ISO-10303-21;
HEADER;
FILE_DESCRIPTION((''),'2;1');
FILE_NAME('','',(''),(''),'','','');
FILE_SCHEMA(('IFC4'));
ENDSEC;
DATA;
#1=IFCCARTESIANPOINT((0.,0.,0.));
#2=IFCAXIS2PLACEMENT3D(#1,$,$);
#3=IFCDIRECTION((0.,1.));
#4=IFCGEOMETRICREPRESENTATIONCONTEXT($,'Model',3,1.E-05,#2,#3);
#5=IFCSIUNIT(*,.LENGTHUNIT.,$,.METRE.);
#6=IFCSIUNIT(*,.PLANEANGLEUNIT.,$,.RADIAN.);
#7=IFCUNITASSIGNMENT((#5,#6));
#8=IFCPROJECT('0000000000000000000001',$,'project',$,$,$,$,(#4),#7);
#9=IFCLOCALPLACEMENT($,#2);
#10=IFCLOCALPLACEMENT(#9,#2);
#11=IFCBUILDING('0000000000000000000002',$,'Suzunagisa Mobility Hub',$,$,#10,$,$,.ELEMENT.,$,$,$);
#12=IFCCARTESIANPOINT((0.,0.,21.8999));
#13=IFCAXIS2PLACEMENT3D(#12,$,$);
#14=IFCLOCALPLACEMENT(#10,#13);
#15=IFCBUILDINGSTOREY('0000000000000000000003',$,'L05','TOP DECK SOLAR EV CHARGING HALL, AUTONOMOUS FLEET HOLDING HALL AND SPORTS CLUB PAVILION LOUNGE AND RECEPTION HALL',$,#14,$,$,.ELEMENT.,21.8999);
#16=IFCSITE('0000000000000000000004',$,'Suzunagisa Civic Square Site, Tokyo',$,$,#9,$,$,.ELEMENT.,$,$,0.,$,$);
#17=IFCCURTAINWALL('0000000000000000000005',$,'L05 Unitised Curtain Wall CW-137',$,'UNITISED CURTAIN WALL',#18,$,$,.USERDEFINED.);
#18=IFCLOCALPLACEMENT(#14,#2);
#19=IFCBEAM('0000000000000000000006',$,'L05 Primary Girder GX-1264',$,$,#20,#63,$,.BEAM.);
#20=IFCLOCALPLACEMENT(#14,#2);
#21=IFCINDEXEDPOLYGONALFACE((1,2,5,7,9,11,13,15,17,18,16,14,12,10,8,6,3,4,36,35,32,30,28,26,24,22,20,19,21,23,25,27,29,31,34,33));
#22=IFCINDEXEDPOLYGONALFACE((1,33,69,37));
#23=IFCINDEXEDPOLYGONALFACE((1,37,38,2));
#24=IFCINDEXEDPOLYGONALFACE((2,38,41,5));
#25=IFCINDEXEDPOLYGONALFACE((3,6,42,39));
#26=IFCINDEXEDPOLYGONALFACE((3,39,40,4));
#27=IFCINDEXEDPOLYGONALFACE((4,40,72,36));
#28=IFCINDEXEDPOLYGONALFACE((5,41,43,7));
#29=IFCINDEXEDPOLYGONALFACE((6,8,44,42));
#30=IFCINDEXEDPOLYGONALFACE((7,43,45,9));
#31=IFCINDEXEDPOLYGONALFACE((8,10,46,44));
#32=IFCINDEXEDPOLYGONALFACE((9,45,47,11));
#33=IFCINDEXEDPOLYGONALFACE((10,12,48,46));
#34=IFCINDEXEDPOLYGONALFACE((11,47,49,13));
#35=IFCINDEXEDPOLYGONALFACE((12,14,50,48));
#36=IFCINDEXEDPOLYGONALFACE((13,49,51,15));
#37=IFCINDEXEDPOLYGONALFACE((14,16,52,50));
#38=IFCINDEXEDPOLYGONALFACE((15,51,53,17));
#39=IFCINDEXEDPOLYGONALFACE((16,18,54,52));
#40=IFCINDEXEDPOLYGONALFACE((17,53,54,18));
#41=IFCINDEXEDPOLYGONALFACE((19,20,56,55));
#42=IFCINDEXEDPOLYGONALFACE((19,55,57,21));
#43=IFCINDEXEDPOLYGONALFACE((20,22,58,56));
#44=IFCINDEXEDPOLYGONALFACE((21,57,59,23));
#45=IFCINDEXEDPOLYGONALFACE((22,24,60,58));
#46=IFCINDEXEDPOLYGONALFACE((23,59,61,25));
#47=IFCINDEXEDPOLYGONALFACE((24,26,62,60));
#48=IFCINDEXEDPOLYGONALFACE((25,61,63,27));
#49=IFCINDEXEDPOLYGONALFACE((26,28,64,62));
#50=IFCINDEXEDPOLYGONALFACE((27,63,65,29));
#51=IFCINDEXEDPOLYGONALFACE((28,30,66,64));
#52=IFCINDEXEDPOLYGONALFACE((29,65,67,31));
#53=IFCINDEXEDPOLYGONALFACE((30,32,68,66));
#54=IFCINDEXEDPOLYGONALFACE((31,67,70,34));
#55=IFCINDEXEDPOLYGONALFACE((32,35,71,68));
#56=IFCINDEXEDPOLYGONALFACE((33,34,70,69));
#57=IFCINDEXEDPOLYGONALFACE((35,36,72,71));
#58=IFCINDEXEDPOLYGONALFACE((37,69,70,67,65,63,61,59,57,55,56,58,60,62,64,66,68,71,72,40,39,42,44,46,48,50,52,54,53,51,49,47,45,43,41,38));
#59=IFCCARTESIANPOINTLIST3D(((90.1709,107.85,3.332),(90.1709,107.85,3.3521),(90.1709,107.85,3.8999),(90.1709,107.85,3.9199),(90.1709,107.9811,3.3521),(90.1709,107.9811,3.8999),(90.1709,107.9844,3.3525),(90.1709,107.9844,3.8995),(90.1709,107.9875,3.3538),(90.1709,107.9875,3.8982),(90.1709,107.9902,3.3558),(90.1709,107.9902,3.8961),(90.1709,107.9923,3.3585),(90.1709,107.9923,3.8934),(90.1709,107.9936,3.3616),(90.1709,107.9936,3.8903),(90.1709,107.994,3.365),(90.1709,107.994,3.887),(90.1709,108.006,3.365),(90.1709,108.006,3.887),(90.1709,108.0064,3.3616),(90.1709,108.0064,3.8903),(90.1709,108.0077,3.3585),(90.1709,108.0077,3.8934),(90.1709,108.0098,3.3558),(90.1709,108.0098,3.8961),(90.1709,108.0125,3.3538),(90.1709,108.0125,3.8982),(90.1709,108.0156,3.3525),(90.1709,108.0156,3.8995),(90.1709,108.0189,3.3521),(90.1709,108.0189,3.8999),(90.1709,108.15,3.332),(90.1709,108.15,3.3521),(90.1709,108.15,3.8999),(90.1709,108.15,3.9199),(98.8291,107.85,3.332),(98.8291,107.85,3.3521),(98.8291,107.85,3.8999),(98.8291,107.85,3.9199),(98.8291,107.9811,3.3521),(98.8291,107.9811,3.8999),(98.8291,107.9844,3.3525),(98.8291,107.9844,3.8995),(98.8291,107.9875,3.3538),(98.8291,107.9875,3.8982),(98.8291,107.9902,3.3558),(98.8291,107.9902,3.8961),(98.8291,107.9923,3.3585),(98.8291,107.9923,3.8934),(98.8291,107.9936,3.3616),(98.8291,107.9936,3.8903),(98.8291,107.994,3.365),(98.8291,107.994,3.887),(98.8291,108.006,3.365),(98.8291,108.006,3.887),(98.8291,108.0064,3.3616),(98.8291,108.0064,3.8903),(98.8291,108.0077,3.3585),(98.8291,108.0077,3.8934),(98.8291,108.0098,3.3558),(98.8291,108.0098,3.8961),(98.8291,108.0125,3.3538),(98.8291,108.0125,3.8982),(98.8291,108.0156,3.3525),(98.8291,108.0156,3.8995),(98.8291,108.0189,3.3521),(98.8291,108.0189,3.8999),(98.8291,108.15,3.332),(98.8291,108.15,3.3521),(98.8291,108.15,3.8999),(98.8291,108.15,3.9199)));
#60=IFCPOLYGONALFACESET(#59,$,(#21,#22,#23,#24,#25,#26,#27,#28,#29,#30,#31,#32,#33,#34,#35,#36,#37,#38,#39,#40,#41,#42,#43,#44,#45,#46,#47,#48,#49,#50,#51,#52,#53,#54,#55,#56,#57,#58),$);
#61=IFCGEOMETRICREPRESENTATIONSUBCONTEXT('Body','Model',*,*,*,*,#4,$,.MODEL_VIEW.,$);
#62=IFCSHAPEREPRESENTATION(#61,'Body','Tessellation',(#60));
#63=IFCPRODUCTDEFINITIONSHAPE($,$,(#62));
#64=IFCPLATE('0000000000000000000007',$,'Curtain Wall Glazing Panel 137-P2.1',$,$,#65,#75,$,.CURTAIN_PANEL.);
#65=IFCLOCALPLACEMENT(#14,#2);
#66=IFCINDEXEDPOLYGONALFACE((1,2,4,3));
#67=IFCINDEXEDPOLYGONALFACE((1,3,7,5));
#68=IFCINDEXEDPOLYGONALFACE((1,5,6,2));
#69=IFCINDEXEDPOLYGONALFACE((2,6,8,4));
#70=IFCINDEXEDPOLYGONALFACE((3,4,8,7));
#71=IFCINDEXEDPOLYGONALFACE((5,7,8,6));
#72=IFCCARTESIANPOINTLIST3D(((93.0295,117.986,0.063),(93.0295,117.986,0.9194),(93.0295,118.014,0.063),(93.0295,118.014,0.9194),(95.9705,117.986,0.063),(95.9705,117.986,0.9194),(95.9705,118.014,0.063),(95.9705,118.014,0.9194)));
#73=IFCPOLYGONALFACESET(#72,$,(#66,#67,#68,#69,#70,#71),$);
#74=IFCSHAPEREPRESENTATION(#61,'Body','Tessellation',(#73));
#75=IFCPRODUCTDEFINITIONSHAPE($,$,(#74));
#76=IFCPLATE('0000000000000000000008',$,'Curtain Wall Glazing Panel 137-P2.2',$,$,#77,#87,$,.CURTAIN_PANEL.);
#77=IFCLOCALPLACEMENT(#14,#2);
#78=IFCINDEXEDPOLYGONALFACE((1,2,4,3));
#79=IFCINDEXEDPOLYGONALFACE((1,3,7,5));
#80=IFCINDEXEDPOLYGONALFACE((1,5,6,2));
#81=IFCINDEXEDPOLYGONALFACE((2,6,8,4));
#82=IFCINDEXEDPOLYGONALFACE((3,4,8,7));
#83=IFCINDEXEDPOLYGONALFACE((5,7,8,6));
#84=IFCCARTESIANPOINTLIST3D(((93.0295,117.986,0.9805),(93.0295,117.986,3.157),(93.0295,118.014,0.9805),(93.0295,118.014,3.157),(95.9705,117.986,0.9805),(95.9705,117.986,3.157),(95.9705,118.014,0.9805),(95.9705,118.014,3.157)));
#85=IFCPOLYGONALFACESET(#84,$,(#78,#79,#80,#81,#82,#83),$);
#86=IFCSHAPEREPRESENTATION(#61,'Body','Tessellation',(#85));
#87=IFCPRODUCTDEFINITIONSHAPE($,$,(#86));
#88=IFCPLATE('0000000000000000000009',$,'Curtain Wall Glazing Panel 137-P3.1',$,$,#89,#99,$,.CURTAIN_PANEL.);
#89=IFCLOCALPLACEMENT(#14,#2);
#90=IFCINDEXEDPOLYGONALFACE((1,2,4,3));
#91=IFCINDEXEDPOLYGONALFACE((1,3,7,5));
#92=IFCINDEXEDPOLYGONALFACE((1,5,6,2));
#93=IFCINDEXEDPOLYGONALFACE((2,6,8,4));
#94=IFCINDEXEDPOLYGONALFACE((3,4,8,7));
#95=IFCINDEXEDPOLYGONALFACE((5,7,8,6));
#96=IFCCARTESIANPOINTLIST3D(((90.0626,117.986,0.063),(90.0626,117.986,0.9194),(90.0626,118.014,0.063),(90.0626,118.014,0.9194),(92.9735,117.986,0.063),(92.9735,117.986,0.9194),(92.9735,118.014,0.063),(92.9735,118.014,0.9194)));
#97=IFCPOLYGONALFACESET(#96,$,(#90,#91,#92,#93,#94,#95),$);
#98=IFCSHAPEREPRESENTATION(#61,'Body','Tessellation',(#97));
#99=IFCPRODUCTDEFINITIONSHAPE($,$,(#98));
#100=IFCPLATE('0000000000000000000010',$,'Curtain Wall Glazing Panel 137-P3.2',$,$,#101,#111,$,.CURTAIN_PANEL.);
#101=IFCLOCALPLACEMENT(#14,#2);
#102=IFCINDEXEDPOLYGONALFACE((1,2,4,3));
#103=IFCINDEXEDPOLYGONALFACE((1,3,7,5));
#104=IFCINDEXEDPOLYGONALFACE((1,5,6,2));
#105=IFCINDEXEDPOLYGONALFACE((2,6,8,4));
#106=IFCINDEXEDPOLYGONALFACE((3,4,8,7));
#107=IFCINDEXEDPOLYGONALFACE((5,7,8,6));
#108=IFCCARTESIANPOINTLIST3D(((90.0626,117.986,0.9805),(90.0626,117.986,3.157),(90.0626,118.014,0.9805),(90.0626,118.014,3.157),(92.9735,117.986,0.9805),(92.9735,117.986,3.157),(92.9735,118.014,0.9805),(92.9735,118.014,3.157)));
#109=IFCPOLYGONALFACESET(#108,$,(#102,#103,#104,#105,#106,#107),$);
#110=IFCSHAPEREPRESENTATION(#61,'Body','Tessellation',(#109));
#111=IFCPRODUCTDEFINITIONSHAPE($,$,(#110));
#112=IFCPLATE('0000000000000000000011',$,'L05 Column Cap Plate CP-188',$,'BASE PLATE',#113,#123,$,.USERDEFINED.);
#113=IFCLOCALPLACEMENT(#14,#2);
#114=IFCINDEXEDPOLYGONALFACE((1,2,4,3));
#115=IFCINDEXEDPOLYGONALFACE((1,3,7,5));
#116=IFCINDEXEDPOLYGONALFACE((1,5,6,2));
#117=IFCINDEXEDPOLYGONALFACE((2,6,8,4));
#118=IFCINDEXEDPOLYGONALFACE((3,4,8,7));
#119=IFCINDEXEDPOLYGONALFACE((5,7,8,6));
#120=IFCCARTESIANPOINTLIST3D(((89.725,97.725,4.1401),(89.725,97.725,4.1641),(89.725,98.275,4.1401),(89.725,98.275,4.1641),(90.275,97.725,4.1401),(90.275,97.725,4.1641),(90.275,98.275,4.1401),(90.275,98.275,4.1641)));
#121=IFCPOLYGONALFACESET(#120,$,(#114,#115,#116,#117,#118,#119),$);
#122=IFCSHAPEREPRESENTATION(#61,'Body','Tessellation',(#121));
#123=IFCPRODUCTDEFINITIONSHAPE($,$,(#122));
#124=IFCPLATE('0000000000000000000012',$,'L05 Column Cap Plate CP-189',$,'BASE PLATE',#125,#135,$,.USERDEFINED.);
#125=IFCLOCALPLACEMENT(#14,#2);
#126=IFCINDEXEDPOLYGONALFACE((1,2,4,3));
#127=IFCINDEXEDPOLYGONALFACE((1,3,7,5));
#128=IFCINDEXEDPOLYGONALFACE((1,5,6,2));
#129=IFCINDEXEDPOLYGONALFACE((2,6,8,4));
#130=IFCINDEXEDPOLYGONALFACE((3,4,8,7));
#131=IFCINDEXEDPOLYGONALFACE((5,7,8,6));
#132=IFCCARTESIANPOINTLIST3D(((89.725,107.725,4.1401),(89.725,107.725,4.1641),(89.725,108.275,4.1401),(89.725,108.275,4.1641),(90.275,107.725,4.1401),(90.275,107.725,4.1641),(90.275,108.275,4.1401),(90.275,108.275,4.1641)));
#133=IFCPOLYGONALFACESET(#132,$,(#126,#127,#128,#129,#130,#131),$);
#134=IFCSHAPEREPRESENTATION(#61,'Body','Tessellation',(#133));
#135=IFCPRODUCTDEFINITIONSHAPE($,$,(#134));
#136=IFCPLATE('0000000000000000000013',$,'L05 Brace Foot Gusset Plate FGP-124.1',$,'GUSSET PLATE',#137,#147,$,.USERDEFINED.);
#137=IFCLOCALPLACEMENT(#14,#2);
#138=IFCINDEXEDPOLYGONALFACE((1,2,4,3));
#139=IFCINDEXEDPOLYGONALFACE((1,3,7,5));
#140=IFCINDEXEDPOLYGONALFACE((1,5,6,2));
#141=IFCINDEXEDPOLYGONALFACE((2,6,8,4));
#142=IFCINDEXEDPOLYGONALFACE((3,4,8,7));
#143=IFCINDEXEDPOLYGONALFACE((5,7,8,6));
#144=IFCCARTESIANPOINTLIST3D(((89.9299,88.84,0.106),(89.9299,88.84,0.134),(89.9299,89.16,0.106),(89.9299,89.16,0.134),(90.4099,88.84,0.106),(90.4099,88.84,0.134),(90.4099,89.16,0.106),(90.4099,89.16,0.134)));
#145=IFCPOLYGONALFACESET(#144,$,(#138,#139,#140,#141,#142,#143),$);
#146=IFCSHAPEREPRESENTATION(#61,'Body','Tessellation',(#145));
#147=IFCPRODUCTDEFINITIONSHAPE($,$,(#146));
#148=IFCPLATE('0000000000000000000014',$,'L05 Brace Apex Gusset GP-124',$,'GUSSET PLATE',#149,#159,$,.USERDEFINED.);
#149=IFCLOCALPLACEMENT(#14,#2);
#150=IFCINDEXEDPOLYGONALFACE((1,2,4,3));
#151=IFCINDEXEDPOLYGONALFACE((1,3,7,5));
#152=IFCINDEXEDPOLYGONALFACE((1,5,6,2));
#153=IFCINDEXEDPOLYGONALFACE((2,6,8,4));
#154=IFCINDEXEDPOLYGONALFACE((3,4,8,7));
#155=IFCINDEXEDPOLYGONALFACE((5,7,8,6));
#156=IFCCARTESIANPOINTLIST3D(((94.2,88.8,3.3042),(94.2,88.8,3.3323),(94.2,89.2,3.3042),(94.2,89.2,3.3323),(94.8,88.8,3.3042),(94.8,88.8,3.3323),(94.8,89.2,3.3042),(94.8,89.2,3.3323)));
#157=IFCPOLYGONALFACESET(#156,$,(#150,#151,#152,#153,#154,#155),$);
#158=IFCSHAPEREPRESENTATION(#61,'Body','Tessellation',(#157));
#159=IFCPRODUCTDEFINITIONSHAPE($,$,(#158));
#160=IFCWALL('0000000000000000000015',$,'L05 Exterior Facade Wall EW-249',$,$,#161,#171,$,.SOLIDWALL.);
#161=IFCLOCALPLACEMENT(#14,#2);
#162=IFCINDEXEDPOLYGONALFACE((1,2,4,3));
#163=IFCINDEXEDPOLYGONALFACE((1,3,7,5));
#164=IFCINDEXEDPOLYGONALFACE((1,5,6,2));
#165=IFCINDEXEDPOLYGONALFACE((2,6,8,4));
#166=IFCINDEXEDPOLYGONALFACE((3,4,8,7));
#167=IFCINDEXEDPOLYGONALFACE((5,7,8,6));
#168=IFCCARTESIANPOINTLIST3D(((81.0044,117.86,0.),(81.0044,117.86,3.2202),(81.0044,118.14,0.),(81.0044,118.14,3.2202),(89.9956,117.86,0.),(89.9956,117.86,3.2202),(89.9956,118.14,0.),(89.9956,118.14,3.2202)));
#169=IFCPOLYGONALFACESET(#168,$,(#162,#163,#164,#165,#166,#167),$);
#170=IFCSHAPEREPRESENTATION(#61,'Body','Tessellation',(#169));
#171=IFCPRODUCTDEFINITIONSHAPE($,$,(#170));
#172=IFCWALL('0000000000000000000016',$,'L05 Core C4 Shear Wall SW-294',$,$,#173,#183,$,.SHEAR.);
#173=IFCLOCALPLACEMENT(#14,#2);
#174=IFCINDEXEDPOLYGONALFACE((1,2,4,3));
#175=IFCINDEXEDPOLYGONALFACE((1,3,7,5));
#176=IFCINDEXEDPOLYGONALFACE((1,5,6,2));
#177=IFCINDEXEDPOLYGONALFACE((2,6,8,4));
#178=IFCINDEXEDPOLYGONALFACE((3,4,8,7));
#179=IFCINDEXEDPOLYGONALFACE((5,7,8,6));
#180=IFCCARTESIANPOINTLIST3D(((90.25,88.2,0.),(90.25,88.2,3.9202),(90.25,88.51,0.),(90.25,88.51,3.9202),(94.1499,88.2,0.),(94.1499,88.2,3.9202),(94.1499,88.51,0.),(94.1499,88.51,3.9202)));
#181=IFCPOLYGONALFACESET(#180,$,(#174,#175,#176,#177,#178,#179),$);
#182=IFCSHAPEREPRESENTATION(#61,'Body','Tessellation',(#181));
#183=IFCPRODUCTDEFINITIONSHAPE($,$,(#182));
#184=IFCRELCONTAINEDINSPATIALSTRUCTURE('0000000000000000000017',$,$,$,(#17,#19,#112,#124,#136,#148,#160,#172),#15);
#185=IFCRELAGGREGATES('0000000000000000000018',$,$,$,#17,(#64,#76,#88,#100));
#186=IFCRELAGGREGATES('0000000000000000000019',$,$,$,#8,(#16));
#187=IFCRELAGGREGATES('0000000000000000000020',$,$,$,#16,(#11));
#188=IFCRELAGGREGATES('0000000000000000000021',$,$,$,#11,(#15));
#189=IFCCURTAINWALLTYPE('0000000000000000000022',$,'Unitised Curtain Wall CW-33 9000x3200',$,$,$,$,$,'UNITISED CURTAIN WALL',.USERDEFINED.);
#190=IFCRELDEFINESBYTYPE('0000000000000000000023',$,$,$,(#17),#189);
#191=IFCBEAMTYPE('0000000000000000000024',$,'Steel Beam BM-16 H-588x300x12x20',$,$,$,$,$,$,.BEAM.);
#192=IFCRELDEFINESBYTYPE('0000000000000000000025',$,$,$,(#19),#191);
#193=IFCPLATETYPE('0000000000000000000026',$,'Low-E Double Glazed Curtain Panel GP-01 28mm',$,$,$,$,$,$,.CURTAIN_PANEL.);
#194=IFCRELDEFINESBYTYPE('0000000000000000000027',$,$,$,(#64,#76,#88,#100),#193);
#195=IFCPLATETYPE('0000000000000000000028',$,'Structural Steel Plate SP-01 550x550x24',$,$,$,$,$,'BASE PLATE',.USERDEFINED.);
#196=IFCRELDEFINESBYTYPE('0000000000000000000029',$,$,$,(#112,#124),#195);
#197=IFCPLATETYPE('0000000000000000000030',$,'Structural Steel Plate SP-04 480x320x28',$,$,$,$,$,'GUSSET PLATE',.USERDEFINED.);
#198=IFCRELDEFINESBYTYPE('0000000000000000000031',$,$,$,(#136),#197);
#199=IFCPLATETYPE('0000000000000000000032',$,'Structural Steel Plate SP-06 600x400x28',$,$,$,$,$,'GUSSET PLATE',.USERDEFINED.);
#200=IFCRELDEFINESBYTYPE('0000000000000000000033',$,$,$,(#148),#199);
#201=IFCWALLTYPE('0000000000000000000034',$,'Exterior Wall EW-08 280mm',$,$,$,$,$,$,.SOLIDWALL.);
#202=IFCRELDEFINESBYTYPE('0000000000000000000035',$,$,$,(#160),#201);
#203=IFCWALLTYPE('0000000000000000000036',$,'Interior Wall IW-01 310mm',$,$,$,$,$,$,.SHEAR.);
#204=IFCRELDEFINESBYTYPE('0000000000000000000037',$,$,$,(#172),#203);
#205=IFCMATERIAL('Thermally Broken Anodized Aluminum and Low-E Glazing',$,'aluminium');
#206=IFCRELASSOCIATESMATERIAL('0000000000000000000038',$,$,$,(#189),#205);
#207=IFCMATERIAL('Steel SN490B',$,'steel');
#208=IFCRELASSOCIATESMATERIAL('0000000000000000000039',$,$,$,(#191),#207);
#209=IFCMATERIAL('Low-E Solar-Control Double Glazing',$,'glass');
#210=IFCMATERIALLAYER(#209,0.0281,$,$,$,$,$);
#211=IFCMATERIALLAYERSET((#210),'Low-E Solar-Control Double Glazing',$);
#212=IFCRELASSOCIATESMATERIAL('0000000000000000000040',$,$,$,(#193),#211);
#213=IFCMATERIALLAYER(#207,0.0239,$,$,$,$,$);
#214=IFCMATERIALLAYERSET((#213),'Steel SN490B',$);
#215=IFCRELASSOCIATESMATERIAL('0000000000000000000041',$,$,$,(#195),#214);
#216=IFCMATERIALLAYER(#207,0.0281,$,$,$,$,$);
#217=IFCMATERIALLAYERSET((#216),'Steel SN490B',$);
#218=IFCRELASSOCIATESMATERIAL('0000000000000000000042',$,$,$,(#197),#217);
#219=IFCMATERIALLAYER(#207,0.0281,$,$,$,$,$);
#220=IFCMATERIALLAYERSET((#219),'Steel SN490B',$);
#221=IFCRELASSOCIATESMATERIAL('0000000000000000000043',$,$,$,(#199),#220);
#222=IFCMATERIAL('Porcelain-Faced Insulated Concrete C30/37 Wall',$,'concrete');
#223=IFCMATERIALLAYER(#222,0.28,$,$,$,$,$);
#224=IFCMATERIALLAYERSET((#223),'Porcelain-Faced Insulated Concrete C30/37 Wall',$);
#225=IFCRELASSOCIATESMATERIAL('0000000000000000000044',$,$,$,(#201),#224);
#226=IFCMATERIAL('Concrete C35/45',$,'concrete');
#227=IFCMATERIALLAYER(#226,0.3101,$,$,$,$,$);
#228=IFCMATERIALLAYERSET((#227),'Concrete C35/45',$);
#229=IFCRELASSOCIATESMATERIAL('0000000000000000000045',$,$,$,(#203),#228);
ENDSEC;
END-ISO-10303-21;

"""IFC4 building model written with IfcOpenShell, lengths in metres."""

from ifc_helpers import new_model, si_unit, direction, frame, frame_2d, origin, origin_2d, place, context, subcontext, project, spatial, rectangle, i_section, extrude, material, layer, layer_set, material_profile, profile_set, type_object, element, aggregate, save


model = new_model("IFC4")

# Units and contexts
model_context = context("Model", 3, precision=1e-05, world=origin(), true_north=direction((0.0, 1.0)))
body_context = subcontext(model_context, "Body", "Model", "MODEL_VIEW")
ifc_project = project(units=[si_unit("LENGTHUNIT", "METRE"), si_unit("PLANEANGLEUNIT", "RADIAN")], contexts=[model_context])

# Site, building, storey
site_placement = place(None, origin())
site = spatial("IfcSite", under=ifc_project, at=site_placement, Name="Suzunagisa Civic Square Site, Tokyo", CompositionType="ELEMENT", RefElevation=0.0)
building_placement = place(site_placement, origin())
building = spatial("IfcBuilding", under=site, at=building_placement, Name="Suzunagisa Mobility Hub", CompositionType="ELEMENT")
storey_placement = place(building_placement, frame((0.0, 0.0, 21.8999)))
storey = spatial("IfcBuildingStorey", under=building, at=storey_placement, Name="L05", Description="TOP DECK SOLAR EV CHARGING HALL, AUTONOMOUS FLEET HOLDING HALL AND SPORTS CLUB PAVILION LOUNGE AND RECEPTION HALL", CompositionType="ELEMENT", Elevation=21.8999)

# Shared definitions
ifc_material_1 = material(Name="Steel SN490B", Category="steel")

# Curtain wall
ifc_material_2 = material(Name="Thermally Broken Anodized Aluminum and Low-E Glazing", Category="aluminium")
curtain_wall_type = type_object("IfcCurtainWallType", Name="Unitised Curtain Wall CW-33 9000x3200", ElementType="UNITISED CURTAIN WALL", PredefinedType="USERDEFINED", material=ifc_material_2)
curtain_wall_placement = place(storey_placement, origin())
curtain_wall = element("IfcCurtainWall", 1, at=curtain_wall_placement, inside=storey, type_object=curtain_wall_type, Name="L05 Unitised Curtain Wall CW-137", ObjectType="UNITISED CURTAIN WALL", PredefinedType="USERDEFINED")

# Beam
ifc_material_profile_1 = material_profile(ifc_material_1, i_section(OverallWidth=0.3, OverallDepth=0.5879, WebThickness=0.012, FlangeThickness=0.02, FilletRadius=0.0129, at=origin_2d()), Name="H-588x300x12x20")
ifc_profile_set_1 = profile_set([ifc_material_profile_1], Name="Steel SN490B")
beam_type_1 = type_object("IfcBeamType", Name="Steel Beam BM-16 H-588x300x12x20", PredefinedType="BEAM", material=ifc_profile_set_1)
for number, where, z_axis, x_axis, name in (
    (2, (90.1709, 108.0, 3.626), (1.0, 0.0, 0.0), (0.0, 1.0, 0.0), "L05 Primary Girder GX-1264"),
):
    element("IfcBeam", number, at=place(storey_placement, frame(where, z_axis=z_axis, x_axis=x_axis)), inside=storey, type_object=beam_type_1, Name=name, PredefinedType="BEAM", context=body_context, shape_type="SweptSolid", body=[
        extrude(i_section(OverallWidth=0.3, OverallDepth=0.5879, WebThickness=0.012, FlangeThickness=0.02, FilletRadius=0.0129, at=origin_2d()), origin(), (0.0, 0.0, 1.0), 8.6582),
    ])

# Plates
ifc_material_3 = material(Name="Low-E Solar-Control Double Glazing", Category="glass")
ifc_layer_1 = layer(ifc_material_3, 0.0281)
ifc_layer_set_1 = layer_set([ifc_layer_1], Name="Low-E Solar-Control Double Glazing")
plate_type_1 = type_object("IfcPlateType", Name="Low-E Double Glazed Curtain Panel GP-01 28mm", PredefinedType="CURTAIN_PANEL", material=ifc_layer_set_1)
plate_1_placement = place(storey_placement, frame((94.5, 118.0, 0.063), z_axis=(0.0, 0.0, 1.0), x_axis=(-1.0, 0.0, 0.0)))
plate_1 = element("IfcPlate", 3, at=plate_1_placement, type_object=plate_type_1, Name="Curtain Wall Glazing Panel 137-P2.1", PredefinedType="CURTAIN_PANEL", context=body_context, shape_type="SweptSolid", body=[
    extrude(rectangle(XDim=2.9409, YDim=0.0281, at=origin_2d()), origin(), (0.0, 0.0, 1.0), 0.8564),
])
plate_2_placement = place(storey_placement, frame((94.5, 118.0, 0.9805), z_axis=(0.0, 0.0, 1.0), x_axis=(-1.0, 0.0, 0.0)))
plate_2 = element("IfcPlate", 4, at=plate_2_placement, type_object=plate_type_1, Name="Curtain Wall Glazing Panel 137-P2.2", PredefinedType="CURTAIN_PANEL", context=body_context, shape_type="SweptSolid", body=[
    extrude(rectangle(XDim=2.9409, YDim=0.0281, at=origin_2d()), origin(), (0.0, 0.0, 1.0), 2.1765),
])
plate_3_placement = place(storey_placement, frame((91.5181, 118.0, 0.063), z_axis=(0.0, 0.0, 1.0), x_axis=(-1.0, 0.0, 0.0)))
plate_3 = element("IfcPlate", 5, at=plate_3_placement, type_object=plate_type_1, Name="Curtain Wall Glazing Panel 137-P3.1", PredefinedType="CURTAIN_PANEL", context=body_context, shape_type="SweptSolid", body=[
    extrude(rectangle(XDim=2.9109, YDim=0.0281, at=origin_2d()), origin(), (0.0, 0.0, 1.0), 0.8564),
])
plate_4_placement = place(storey_placement, frame((91.5181, 118.0, 0.9805), z_axis=(0.0, 0.0, 1.0), x_axis=(-1.0, 0.0, 0.0)))
plate_4 = element("IfcPlate", 6, at=plate_4_placement, type_object=plate_type_1, Name="Curtain Wall Glazing Panel 137-P3.2", PredefinedType="CURTAIN_PANEL", context=body_context, shape_type="SweptSolid", body=[
    extrude(rectangle(XDim=2.9109, YDim=0.0281, at=origin_2d()), origin(), (0.0, 0.0, 1.0), 2.1765),
])
aggregate(curtain_wall, [plate_1, plate_2, plate_3, plate_4])

# Plates
ifc_layer_2 = layer(ifc_material_1, 0.0239)
ifc_layer_set_2 = layer_set([ifc_layer_2], Name="Steel SN490B")
plate_type_2 = type_object("IfcPlateType", Name="Structural Steel Plate SP-01 550x550x24", ElementType="BASE PLATE", PredefinedType="USERDEFINED", material=ifc_layer_set_2)
for number, where, z_axis, x_axis, name in (
    (7, (90.0, 98.0, 4.1401), (0.0, 0.0, 1.0), (1.0, 0.0, 0.0), "L05 Column Cap Plate CP-188"),
    (8, (90.0, 108.0, 4.1401), (0.0, 0.0, 1.0), (1.0, 0.0, 0.0), "L05 Column Cap Plate CP-189"),
):
    element("IfcPlate", number, at=place(storey_placement, frame(where, z_axis=z_axis, x_axis=x_axis)), inside=storey, type_object=plate_type_2, Name=name, ObjectType="BASE PLATE", PredefinedType="USERDEFINED", context=body_context, shape_type="SweptSolid", body=[
        extrude(rectangle(XDim=0.55, YDim=0.55, at=origin_2d()), origin(), (0.0, 0.0, 1.0), 0.0239),
    ])
ifc_layer_3 = layer(ifc_material_1, 0.0281)
ifc_layer_set_3 = layer_set([ifc_layer_3], Name="Steel SN490B")
plate_type_3 = type_object("IfcPlateType", Name="Structural Steel Plate SP-04 480x320x28", ElementType="GUSSET PLATE", PredefinedType="USERDEFINED", material=ifc_layer_set_3)
plate_5_placement = place(storey_placement, frame((90.1699, 89.0, 0.106), z_axis=(0.0, 0.0, 1.0), x_axis=(1.0, 0.0, 0.0)))
element("IfcPlate", 9, at=plate_5_placement, inside=storey, type_object=plate_type_3, Name="L05 Brace Foot Gusset Plate FGP-124.1", ObjectType="GUSSET PLATE", PredefinedType="USERDEFINED", context=body_context, shape_type="SweptSolid", body=[
    extrude(rectangle(XDim=0.48, YDim=0.3201, at=origin_2d()), origin(), (0.0, 0.0, 1.0), 0.0281),
])
ifc_layer_4 = layer(ifc_material_1, 0.0281)
ifc_layer_set_4 = layer_set([ifc_layer_4], Name="Steel SN490B")
plate_type_4 = type_object("IfcPlateType", Name="Structural Steel Plate SP-06 600x400x28", ElementType="GUSSET PLATE", PredefinedType="USERDEFINED", material=ifc_layer_set_4)
plate_6_placement = place(storey_placement, frame((94.5, 89.0, 3.3042), z_axis=(0.0, 0.0, 1.0), x_axis=(1.0, 0.0, 0.0)))
element("IfcPlate", 10, at=plate_6_placement, inside=storey, type_object=plate_type_4, Name="L05 Brace Apex Gusset GP-124", ObjectType="GUSSET PLATE", PredefinedType="USERDEFINED", context=body_context, shape_type="SweptSolid", body=[
    extrude(rectangle(XDim=0.6001, YDim=0.3999, at=origin_2d()), origin(), (0.0, 0.0, 1.0), 0.0281),
])

# Walls
ifc_material_4 = material(Name="Porcelain-Faced Insulated Concrete C30/37 Wall", Category="concrete")
ifc_layer_5 = layer(ifc_material_4, 0.28)
ifc_layer_set_5 = layer_set([ifc_layer_5], Name="Porcelain-Faced Insulated Concrete C30/37 Wall")
wall_type_1 = type_object("IfcWallType", Name="Exterior Wall EW-08 280mm", PredefinedType="SOLIDWALL", material=ifc_layer_set_5)
wall_1_placement = place(storey_placement, frame((89.9956, 118.0, 0.0), z_axis=(0.0, 0.0, 1.0), x_axis=(-1.0, 0.0, 0.0)))
element("IfcWall", 11, at=wall_1_placement, inside=storey, type_object=wall_type_1, Name="L05 Exterior Facade Wall EW-249", PredefinedType="SOLIDWALL", context=body_context, shape_type="SweptSolid", body=[
    extrude(rectangle(XDim=8.9912, YDim=0.28, at=frame_2d((4.4956, 0.0))), origin(), (0.0, 0.0, 1.0), 3.2202),
])
ifc_material_5 = material(Name="Concrete C35/45", Category="concrete")
ifc_layer_6 = layer(ifc_material_5, 0.3101)
ifc_layer_set_6 = layer_set([ifc_layer_6], Name="Concrete C35/45")
wall_type_2 = type_object("IfcWallType", Name="Interior Wall IW-01 310mm", PredefinedType="SHEAR", material=ifc_layer_set_6)
wall_2_placement = place(storey_placement, frame((90.25, 88.355, 0.0), z_axis=(0.0, 0.0, 1.0), x_axis=(1.0, 0.0, 0.0)))
element("IfcWall", 12, at=wall_2_placement, inside=storey, type_object=wall_type_2, Name="L05 Core C4 Shear Wall SW-294", PredefinedType="SHEAR", context=body_context, shape_type="SweptSolid", body=[
    extrude(rectangle(XDim=3.8999, YDim=0.3101, at=frame_2d((1.95, 0.0))), origin(), (0.0, 0.0, 1.0), 3.9202),
])

save(model, "model.ifc")
